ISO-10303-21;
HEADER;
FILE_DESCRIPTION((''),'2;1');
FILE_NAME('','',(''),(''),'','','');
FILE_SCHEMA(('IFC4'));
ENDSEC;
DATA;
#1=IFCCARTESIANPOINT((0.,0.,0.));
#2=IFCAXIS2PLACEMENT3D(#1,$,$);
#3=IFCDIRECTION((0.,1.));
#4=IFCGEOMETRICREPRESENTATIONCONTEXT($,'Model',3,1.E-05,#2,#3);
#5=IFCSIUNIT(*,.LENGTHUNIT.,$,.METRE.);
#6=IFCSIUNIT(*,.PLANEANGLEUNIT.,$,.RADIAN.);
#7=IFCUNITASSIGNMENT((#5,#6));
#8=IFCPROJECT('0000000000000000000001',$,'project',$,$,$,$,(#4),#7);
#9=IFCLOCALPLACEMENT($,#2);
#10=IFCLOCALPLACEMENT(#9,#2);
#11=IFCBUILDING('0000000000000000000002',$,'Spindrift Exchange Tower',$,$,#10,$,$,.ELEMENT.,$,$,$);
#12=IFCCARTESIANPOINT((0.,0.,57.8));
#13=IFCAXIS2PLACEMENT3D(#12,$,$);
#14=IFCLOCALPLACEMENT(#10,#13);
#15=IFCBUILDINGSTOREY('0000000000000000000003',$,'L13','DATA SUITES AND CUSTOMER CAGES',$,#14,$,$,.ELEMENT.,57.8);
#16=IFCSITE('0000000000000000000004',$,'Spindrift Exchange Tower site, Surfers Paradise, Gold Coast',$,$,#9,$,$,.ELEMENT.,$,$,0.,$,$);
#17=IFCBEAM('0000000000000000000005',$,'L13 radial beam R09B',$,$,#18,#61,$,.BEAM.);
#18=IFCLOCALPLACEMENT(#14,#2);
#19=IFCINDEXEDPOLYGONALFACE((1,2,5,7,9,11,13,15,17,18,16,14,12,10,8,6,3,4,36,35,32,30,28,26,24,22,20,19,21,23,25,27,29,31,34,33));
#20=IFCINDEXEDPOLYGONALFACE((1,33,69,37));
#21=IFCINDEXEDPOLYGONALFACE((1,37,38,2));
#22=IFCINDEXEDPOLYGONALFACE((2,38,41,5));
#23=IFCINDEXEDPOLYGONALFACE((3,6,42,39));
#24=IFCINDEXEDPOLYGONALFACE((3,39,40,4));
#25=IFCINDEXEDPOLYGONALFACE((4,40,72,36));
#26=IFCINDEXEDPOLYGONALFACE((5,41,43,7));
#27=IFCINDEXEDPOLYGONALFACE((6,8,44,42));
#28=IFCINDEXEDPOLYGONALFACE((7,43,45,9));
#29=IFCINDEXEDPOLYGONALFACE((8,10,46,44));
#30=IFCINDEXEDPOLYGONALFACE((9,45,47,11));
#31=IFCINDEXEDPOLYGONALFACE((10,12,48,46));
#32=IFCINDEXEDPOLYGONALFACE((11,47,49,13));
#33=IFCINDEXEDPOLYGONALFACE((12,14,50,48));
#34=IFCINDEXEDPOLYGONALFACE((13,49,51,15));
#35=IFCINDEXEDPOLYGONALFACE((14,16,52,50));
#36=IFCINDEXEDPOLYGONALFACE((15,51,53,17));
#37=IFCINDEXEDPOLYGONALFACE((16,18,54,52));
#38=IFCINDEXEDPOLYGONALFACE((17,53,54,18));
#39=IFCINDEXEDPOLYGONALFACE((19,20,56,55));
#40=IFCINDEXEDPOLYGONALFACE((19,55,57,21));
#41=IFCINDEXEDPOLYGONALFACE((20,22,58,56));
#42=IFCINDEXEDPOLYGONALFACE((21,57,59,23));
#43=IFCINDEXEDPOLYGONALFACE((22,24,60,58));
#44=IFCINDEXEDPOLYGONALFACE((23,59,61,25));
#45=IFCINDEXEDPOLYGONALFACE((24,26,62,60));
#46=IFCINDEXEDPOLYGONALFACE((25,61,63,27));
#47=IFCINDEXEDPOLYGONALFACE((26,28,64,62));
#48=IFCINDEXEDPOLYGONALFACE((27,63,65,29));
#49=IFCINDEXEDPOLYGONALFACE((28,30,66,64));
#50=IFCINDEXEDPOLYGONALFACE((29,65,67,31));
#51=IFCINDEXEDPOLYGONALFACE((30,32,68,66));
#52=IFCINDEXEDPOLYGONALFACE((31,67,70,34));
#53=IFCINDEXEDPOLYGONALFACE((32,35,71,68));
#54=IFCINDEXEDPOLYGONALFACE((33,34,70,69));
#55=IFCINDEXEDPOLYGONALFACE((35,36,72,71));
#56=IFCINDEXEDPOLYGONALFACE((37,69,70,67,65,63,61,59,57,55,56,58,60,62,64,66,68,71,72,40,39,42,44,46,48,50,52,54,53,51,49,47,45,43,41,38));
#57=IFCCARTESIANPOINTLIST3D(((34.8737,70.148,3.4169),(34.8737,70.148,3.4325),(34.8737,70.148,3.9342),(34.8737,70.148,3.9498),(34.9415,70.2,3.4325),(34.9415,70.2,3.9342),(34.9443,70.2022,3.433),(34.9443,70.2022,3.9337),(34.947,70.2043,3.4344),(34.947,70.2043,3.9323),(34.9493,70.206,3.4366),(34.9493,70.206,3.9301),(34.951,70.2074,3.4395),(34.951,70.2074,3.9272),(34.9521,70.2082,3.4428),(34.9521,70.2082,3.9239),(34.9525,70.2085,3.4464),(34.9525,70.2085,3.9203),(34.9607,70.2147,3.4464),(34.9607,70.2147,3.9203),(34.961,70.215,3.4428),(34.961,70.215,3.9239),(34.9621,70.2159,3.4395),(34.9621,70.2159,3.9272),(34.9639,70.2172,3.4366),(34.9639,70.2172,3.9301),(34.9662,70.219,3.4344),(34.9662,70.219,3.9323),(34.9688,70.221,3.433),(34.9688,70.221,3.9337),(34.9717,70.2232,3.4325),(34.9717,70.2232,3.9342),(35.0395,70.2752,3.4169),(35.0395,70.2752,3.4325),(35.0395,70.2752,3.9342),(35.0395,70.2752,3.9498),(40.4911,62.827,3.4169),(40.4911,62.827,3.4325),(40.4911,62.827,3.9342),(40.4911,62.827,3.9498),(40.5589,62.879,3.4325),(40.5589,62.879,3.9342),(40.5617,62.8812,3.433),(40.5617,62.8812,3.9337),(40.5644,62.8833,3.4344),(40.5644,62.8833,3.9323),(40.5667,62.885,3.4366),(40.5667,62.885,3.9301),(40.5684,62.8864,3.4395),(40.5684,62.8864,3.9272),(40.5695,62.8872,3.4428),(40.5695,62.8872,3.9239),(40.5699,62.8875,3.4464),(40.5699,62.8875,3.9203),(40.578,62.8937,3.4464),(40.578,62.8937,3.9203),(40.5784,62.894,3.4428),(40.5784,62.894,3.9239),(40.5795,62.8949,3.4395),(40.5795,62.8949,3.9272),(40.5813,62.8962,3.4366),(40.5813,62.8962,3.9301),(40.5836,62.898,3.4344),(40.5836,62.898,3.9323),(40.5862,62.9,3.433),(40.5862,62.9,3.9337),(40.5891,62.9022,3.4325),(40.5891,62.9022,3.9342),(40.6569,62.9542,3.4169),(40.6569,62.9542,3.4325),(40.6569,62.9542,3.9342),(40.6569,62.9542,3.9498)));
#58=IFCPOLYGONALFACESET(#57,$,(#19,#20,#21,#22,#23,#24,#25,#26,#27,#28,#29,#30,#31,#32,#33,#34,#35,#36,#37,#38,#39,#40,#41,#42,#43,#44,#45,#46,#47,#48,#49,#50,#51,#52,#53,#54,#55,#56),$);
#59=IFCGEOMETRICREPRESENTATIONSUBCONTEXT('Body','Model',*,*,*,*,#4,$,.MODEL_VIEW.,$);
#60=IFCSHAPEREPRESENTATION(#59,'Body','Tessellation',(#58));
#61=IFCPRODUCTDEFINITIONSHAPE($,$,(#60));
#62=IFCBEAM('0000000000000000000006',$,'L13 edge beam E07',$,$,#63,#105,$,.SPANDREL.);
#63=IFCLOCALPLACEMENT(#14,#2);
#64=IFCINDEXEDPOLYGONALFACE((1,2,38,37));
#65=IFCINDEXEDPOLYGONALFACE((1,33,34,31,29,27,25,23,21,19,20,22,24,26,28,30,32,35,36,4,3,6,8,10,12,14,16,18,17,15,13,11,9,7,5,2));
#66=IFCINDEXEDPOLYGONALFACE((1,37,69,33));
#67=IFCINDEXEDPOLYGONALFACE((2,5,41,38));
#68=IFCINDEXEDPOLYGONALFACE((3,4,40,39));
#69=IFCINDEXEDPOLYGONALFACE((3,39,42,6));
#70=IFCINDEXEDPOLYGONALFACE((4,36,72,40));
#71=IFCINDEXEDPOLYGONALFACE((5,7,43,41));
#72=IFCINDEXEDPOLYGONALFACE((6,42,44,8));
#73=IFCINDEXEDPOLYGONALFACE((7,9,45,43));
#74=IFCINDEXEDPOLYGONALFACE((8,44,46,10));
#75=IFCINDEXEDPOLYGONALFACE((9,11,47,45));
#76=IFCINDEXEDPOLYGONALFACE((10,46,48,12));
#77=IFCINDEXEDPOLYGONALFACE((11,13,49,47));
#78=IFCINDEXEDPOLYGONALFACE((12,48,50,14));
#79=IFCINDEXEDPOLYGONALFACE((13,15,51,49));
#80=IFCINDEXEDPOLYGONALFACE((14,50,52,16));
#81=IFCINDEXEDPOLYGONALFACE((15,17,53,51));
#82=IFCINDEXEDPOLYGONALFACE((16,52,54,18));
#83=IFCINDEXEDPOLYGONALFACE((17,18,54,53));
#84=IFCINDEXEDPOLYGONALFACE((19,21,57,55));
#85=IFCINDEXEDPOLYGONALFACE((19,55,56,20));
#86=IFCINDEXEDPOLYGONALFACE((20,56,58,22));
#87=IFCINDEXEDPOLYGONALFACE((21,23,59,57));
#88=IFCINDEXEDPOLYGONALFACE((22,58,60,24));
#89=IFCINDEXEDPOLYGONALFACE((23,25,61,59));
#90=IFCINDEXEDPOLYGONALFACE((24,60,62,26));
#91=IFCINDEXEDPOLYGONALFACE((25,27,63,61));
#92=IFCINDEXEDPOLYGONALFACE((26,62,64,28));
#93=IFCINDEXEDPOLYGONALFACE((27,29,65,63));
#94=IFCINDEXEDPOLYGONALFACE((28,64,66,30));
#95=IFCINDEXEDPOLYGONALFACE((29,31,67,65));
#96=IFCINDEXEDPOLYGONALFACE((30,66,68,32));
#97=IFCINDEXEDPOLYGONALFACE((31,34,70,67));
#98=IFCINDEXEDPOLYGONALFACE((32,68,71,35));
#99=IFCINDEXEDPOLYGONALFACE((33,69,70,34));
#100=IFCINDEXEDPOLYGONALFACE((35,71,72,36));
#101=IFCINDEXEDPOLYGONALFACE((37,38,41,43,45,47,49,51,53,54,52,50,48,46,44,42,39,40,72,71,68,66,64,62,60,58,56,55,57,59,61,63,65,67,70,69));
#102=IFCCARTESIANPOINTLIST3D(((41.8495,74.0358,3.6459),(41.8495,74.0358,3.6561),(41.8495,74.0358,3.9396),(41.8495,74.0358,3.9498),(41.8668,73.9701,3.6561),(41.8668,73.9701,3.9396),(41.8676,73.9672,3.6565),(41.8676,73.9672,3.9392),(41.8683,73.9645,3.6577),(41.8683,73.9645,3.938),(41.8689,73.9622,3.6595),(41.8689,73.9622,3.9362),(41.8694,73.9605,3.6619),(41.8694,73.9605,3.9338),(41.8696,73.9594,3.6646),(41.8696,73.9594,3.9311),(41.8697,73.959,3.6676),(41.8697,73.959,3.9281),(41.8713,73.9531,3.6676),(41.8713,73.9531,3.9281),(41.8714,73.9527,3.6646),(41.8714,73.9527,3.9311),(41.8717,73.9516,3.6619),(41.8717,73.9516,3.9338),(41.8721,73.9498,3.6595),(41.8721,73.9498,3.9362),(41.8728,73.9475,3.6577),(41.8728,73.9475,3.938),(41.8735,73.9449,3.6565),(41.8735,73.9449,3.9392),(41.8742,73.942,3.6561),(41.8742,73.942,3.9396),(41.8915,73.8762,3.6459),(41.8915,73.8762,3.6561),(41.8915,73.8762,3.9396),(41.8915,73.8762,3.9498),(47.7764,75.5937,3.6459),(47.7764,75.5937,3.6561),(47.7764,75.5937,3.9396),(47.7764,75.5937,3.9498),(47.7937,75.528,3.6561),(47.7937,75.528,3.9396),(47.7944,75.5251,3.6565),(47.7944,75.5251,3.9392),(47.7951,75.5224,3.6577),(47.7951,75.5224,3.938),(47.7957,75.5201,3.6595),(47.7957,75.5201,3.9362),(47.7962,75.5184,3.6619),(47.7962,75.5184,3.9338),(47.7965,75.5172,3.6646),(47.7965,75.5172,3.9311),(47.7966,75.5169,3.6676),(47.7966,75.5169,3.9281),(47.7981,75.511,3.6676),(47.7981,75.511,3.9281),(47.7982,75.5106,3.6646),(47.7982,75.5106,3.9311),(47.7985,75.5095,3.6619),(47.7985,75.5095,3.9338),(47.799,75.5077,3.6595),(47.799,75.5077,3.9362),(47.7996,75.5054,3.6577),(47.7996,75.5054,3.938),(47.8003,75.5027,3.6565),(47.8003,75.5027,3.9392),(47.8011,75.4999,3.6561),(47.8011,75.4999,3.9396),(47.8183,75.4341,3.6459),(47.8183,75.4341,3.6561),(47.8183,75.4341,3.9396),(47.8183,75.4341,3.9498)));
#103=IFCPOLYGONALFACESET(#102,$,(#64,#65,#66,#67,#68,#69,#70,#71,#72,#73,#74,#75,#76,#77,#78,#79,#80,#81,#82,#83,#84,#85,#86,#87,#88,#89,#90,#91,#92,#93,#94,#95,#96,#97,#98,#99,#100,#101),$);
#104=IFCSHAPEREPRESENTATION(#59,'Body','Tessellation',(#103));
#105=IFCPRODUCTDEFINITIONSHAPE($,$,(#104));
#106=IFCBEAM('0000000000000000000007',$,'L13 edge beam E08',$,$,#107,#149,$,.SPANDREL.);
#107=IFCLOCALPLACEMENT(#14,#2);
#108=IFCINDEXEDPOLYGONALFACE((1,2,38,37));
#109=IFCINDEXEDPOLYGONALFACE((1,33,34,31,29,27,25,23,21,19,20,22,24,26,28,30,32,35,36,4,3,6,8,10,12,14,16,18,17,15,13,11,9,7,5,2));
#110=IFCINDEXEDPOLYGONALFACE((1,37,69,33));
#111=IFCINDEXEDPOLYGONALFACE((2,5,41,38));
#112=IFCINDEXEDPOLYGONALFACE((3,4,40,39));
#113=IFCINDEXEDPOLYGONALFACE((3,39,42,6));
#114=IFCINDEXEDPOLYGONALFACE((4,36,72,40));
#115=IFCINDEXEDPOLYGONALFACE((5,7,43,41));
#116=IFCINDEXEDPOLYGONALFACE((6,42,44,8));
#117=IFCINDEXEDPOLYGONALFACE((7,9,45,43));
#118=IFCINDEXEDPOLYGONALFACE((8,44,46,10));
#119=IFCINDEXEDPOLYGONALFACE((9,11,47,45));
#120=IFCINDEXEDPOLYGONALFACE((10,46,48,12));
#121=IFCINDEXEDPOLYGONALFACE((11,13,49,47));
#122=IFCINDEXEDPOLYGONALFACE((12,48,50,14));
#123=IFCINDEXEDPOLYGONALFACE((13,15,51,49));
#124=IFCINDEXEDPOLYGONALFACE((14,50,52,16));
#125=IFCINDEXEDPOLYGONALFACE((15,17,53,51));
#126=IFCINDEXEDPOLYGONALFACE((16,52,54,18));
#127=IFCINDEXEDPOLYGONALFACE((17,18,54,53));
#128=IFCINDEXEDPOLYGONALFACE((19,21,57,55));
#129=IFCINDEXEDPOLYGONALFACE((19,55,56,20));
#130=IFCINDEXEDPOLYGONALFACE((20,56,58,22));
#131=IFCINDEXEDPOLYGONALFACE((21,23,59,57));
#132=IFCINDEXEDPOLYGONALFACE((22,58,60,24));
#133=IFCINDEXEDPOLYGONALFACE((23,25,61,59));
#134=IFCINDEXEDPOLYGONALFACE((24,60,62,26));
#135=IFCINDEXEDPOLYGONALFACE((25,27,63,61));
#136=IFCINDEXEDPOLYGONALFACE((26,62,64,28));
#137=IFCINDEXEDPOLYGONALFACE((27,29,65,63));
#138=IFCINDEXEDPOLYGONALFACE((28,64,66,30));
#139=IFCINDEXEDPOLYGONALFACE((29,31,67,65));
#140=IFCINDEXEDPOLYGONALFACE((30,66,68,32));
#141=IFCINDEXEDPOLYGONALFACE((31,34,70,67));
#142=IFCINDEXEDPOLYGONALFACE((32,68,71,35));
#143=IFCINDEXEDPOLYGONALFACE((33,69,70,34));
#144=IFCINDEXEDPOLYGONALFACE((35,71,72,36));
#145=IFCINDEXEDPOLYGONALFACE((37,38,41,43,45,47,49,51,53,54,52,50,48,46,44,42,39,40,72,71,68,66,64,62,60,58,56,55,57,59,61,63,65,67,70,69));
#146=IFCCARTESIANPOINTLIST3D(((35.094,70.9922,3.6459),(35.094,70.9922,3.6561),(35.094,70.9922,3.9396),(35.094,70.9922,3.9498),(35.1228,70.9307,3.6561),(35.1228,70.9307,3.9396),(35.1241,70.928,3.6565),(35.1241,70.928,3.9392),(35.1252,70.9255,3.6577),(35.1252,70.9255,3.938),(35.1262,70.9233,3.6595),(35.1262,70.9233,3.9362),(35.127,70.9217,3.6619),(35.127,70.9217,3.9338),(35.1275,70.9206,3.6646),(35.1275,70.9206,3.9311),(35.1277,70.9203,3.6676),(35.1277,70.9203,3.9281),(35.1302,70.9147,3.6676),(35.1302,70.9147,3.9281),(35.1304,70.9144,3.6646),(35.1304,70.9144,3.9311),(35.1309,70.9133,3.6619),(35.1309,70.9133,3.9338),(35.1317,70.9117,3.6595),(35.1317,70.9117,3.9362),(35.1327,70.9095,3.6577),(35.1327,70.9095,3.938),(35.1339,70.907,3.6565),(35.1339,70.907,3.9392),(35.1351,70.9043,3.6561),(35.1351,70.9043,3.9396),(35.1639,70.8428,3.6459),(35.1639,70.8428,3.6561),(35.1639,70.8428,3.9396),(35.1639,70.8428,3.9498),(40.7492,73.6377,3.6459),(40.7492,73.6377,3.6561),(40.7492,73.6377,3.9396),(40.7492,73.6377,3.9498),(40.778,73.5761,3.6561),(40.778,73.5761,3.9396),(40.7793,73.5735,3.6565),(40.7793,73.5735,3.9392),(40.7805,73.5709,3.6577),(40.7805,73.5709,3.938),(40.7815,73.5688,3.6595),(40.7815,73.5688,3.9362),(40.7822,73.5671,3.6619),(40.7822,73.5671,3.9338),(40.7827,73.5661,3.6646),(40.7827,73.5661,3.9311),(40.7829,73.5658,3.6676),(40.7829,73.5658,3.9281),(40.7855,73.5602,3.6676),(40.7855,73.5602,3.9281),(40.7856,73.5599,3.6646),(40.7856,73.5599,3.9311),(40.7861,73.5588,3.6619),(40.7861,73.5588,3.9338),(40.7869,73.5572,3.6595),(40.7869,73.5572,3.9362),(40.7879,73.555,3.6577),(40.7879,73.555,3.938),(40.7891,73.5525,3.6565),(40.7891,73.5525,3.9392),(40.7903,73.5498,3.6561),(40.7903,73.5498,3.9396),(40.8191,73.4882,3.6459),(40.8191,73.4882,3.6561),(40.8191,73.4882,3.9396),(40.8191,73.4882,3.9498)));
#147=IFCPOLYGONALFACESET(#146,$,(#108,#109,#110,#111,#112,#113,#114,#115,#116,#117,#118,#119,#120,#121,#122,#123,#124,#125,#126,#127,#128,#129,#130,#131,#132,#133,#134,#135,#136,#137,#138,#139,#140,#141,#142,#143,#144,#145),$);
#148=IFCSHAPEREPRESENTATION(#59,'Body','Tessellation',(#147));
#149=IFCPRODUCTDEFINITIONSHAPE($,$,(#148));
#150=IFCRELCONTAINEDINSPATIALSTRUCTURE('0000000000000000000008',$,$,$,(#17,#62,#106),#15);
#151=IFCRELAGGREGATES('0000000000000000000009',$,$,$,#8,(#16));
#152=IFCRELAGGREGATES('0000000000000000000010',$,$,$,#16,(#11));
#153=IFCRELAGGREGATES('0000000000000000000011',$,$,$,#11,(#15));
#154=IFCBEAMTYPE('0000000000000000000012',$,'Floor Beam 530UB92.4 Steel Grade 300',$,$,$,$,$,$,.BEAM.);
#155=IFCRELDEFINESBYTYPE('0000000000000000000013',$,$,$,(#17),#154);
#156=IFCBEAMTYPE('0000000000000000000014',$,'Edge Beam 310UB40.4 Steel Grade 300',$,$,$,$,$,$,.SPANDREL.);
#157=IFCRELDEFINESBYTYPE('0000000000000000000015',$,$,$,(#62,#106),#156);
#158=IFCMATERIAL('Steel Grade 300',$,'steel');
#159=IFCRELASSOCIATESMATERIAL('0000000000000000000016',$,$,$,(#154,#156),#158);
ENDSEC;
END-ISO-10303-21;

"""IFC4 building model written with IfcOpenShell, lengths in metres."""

from ifc_helpers import new_model, si_unit, direction, frame, origin, origin_2d, place, context, subcontext, project, spatial, i_section, extrude, source, transform, mapped, material, material_profile, profile_set, type_object, element, save


model = new_model("IFC4")

# Units and contexts
model_context = context("Model", 3, precision=1e-05, world=origin(), true_north=direction((0.0, 1.0)))
body_context = subcontext(model_context, "Body", "Model", "MODEL_VIEW")
ifc_project = project(units=[si_unit("LENGTHUNIT", "METRE"), si_unit("PLANEANGLEUNIT", "RADIAN")], contexts=[model_context])

# Site, building, storey
site_placement = place(None, origin())
site = spatial("IfcSite", under=ifc_project, at=site_placement, Name="Spindrift Exchange Tower site, Surfers Paradise, Gold Coast", CompositionType="ELEMENT", RefElevation=0.0)
building_placement = place(site_placement, origin())
building = spatial("IfcBuilding", under=site, at=building_placement, Name="Spindrift Exchange Tower", CompositionType="ELEMENT")
storey_placement = place(building_placement, frame((0.0, 0.0, 57.8)))
storey = spatial("IfcBuildingStorey", under=building, at=storey_placement, Name="L13", Description="DATA SUITES AND CUSTOMER CAGES", CompositionType="ELEMENT", Elevation=57.8)

# Beams
ifc_material_1 = material(Name="Steel Grade 300", Category="steel")
ifc_material_profile_1 = material_profile(ifc_material_1, i_section(OverallWidth=0.209, OverallDepth=0.533, WebThickness=0.0103, FlangeThickness=0.0156, FilletRadius=0.0139, at=origin_2d()), Name="530UB92.4")
ifc_profile_set_1 = profile_set([ifc_material_profile_1], Name="Steel Grade 300")
beam_type_1 = type_object("IfcBeamType", Name="Floor Beam 530UB92.4 Steel Grade 300", PredefinedType="BEAM", material=ifc_profile_set_1)
shared_shape_1 = source(origin(), body_context, "Body", "SweptSolid", [
    extrude(i_section(OverallWidth=0.209, OverallDepth=0.533, WebThickness=0.0103, FlangeThickness=0.0156, FilletRadius=0.0139, at=origin_2d()), origin(), (0.0, 0.0, 1.0), 9.2278),
])
beam_1_placement = place(storey_placement, frame((40.574, 62.8906, 3.6833), z_axis=(-0.608748, 0.793364, 0.0), x_axis=(-0.793364, -0.608748, 0.0)))
element("IfcBeam", 1, at=beam_1_placement, inside=storey, type_object=beam_type_1, Name="L13 radial beam R09B", PredefinedType="BEAM", context=body_context, shape_type="MappedRepresentation", body=[
    mapped(shared_shape_1, transform((0.0, 0.0, 0.0), scale=1.0)),
])
ifc_material_profile_2 = material_profile(ifc_material_1, i_section(OverallWidth=0.165, OverallDepth=0.304, WebThickness=0.0061, FlangeThickness=0.0103, FilletRadius=0.0115, at=origin_2d()), Name="310UB40.4")
ifc_profile_set_2 = profile_set([ifc_material_profile_2], Name="Steel Grade 300")
beam_type_2 = type_object("IfcBeamType", Name="Edge Beam 310UB40.4 Steel Grade 300", PredefinedType="SPANDREL", material=ifc_profile_set_2)
shared_shape_2 = source(origin(), body_context, "Body", "SweptSolid", [
    extrude(i_section(OverallWidth=0.165, OverallDepth=0.304, WebThickness=0.0061, FlangeThickness=0.0103, FilletRadius=0.0115, at=origin_2d()), origin(), (0.0, 0.0, 1.0), 6.1282),
])
beam_2_placement = place(storey_placement, frame((47.7974, 75.5139, 3.7979), z_axis=(-0.967147, -0.254217, 0.0), x_axis=(0.254217, -0.967147, 0.0)))
element("IfcBeam", 2, at=beam_2_placement, inside=storey, type_object=beam_type_2, Name="L13 edge beam E07", PredefinedType="SPANDREL", context=body_context, shape_type="MappedRepresentation", body=[
    mapped(shared_shape_2, transform((0.0, 0.0, 0.0), scale=1.0)),
])
shared_shape_3 = source(origin(), body_context, "Body", "SweptSolid", [
    extrude(i_section(OverallWidth=0.165, OverallDepth=0.304, WebThickness=0.0061, FlangeThickness=0.0103, FilletRadius=0.0115, at=origin_2d()), origin(), (0.0, 0.0, 1.0), 6.2434),
])
beam_3_placement = place(storey_placement, frame((40.7842, 73.563, 3.7979), z_axis=(-0.905791, -0.423724, 0.0), x_axis=(0.423724, -0.905791, 0.0)))
element("IfcBeam", 3, at=beam_3_placement, inside=storey, type_object=beam_type_2, Name="L13 edge beam E08", PredefinedType="SPANDREL", context=body_context, shape_type="MappedRepresentation", body=[
    mapped(shared_shape_3, transform((0.0, 0.0, 0.0), scale=1.0)),
])

save(model, "model.ifc")
